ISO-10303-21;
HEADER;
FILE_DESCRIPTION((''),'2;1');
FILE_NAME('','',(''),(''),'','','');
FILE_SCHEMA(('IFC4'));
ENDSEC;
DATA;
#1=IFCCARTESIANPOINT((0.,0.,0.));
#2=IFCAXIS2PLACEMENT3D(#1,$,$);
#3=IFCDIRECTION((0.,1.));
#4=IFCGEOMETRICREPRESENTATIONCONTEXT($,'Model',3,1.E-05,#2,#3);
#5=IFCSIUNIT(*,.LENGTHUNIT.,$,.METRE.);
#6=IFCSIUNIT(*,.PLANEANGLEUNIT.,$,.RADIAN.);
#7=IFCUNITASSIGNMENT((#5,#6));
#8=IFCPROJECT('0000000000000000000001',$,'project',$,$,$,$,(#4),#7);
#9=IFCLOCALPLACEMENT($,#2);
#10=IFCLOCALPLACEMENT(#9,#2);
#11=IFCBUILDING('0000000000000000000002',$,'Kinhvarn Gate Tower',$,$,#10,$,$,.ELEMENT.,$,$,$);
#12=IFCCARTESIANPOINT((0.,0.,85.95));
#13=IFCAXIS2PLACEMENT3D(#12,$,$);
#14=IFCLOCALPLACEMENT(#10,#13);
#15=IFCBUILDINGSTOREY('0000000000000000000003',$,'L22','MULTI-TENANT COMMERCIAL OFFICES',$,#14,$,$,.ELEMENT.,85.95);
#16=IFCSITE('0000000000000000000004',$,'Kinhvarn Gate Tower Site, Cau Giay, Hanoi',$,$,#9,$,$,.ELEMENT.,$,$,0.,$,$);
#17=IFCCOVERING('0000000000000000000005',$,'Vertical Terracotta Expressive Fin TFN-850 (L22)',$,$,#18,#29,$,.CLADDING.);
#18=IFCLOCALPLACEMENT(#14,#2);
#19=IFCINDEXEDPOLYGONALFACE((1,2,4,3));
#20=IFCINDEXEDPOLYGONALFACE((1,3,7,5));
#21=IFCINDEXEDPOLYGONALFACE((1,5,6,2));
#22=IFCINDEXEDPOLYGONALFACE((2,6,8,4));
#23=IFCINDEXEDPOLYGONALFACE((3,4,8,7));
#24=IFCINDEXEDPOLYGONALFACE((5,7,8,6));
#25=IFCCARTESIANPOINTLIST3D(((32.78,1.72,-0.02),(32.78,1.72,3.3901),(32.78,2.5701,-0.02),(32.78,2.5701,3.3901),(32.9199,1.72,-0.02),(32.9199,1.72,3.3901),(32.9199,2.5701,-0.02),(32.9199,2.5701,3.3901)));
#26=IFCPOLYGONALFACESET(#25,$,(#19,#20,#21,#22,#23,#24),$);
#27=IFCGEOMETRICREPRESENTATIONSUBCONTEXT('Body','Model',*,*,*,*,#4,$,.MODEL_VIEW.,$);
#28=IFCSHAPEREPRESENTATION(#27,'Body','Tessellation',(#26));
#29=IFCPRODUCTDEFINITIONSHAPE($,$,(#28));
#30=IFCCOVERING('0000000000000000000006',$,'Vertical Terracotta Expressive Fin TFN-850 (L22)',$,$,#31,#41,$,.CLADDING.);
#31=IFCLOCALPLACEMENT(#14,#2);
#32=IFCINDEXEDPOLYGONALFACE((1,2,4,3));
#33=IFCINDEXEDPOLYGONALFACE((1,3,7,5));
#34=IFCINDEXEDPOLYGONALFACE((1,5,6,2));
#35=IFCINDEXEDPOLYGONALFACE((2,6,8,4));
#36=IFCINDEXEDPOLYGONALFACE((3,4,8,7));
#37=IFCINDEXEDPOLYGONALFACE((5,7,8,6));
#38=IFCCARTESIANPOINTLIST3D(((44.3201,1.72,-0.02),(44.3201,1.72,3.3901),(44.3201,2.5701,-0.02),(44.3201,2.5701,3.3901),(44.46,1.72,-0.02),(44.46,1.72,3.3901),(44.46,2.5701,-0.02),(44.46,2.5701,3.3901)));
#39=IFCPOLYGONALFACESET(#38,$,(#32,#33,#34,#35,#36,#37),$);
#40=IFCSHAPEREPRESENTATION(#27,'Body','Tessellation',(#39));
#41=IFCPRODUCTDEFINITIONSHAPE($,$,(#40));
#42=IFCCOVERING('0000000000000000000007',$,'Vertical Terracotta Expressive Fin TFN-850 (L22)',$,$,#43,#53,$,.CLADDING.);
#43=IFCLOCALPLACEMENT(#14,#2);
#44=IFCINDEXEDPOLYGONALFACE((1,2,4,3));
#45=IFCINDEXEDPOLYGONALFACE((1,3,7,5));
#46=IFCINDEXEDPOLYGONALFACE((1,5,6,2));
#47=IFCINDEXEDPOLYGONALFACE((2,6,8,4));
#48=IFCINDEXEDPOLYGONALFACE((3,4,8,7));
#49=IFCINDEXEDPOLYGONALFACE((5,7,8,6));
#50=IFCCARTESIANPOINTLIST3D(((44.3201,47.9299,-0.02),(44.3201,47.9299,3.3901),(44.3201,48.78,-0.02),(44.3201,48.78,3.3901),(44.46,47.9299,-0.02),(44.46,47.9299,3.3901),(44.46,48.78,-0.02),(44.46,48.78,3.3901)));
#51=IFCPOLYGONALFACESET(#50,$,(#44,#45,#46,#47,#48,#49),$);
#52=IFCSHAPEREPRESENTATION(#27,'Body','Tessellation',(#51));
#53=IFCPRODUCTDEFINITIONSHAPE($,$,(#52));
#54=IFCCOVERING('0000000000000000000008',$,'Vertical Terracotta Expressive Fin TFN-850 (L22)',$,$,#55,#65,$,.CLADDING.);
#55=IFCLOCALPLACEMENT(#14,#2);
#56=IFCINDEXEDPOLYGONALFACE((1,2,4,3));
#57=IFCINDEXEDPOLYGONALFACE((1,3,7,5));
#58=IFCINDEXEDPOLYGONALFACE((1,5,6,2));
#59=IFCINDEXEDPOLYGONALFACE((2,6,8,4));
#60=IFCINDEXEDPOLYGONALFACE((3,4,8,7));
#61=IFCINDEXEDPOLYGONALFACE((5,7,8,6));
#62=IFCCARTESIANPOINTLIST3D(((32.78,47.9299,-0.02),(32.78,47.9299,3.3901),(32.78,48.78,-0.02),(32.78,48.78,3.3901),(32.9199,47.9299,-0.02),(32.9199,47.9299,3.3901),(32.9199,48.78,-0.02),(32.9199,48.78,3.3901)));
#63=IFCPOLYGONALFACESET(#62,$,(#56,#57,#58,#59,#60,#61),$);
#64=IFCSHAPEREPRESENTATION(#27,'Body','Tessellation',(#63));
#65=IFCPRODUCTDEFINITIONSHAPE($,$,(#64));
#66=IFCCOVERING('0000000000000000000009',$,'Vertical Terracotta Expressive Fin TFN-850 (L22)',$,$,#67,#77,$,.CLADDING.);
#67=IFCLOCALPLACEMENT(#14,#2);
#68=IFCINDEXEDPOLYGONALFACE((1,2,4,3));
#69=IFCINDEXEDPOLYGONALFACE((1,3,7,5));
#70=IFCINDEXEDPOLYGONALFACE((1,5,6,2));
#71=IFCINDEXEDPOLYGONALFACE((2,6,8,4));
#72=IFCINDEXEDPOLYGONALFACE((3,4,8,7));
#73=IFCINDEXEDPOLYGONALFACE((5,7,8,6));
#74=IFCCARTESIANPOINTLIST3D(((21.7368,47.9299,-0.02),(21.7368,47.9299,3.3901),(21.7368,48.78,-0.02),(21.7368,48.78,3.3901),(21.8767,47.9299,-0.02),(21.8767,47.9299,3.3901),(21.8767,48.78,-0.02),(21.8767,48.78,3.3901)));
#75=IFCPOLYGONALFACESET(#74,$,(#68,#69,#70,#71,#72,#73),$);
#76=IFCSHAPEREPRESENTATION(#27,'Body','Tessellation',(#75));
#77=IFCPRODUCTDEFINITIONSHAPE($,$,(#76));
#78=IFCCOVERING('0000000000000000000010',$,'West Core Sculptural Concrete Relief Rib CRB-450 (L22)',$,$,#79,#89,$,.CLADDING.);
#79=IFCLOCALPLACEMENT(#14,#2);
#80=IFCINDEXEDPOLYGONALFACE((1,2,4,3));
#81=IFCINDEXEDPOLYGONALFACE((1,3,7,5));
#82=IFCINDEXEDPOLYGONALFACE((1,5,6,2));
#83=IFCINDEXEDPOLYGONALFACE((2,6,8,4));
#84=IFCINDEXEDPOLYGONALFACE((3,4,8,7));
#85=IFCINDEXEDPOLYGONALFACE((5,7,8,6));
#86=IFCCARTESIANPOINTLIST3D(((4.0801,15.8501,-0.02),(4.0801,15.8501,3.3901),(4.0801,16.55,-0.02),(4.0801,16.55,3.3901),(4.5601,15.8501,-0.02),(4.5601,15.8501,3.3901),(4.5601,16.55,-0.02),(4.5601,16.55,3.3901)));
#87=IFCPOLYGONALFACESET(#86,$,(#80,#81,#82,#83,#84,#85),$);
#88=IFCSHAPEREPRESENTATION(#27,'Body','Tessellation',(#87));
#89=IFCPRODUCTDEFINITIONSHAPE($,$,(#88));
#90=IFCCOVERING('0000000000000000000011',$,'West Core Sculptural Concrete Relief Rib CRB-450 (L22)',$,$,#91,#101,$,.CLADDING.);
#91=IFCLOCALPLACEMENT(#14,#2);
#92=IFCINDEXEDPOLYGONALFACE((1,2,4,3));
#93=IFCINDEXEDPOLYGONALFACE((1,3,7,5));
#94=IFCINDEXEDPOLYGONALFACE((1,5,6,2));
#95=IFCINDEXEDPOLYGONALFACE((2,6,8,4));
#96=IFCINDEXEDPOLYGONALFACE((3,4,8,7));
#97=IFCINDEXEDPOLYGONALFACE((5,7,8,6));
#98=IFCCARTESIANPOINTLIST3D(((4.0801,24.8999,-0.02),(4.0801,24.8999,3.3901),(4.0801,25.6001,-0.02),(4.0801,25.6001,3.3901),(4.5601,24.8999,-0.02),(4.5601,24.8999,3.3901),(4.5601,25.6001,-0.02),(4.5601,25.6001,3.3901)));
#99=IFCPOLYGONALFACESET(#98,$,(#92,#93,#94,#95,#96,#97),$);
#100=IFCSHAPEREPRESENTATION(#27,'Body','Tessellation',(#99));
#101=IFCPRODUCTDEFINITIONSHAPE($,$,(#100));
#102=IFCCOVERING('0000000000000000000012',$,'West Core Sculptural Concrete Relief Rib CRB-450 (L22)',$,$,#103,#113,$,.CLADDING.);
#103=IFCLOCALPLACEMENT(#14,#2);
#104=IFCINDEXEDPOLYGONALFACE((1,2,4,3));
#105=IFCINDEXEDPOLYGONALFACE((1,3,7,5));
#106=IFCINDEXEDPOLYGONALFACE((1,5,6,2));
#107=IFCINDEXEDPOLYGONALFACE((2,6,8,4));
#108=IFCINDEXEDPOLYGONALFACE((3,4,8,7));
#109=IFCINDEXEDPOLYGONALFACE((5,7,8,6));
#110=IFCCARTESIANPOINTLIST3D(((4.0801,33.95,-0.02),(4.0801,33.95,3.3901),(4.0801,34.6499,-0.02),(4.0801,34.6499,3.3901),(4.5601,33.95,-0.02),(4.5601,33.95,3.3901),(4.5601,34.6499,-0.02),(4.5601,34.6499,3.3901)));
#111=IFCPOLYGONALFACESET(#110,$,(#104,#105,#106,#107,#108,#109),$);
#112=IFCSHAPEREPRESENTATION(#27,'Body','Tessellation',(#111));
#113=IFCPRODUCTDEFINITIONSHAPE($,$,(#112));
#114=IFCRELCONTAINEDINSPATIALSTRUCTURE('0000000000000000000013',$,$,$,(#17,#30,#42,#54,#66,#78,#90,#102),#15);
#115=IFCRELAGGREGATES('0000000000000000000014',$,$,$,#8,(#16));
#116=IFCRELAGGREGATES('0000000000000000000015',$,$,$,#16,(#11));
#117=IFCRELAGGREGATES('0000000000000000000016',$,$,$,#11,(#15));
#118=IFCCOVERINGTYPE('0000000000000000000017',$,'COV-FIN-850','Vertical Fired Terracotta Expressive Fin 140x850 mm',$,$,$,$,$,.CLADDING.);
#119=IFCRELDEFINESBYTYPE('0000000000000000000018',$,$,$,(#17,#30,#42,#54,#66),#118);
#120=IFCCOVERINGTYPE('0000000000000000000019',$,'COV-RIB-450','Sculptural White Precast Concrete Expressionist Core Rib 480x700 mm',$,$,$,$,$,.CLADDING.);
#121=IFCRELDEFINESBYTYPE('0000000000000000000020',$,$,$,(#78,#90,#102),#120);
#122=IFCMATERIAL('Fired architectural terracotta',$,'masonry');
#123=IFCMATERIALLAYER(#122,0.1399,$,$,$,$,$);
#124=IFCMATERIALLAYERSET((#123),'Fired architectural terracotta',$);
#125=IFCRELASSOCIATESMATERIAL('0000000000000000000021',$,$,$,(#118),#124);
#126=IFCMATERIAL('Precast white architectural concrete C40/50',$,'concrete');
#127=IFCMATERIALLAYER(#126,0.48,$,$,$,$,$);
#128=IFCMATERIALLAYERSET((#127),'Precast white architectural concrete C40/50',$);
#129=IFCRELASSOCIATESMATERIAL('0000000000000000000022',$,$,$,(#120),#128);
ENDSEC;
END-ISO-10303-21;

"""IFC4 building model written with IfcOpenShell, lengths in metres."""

from ifc_helpers import new_model, si_unit, direction, frame, origin, place, context, subcontext, project, spatial, polyline, outline, extrude, material, layer, layer_set, type_object, element, save


model = new_model("IFC4")

# Units and contexts
model_context = context("Model", 3, precision=1e-05, world=origin(), true_north=direction((0.0, 1.0)))
body_context = subcontext(model_context, "Body", "Model", "MODEL_VIEW")
ifc_project = project(units=[si_unit("LENGTHUNIT", "METRE"), si_unit("PLANEANGLEUNIT", "RADIAN")], contexts=[model_context])

# Site, building, storey
site_placement = place(None, origin())
site = spatial("IfcSite", under=ifc_project, at=site_placement, Name="Kinhvarn Gate Tower Site, Cau Giay, Hanoi", CompositionType="ELEMENT", RefElevation=0.0)
building_placement = place(site_placement, origin())
building = spatial("IfcBuilding", under=site, at=building_placement, Name="Kinhvarn Gate Tower", CompositionType="ELEMENT")
storey_placement = place(building_placement, frame((0.0, 0.0, 85.95)))
storey = spatial("IfcBuildingStorey", under=building, at=storey_placement, Name="L22", Description="MULTI-TENANT COMMERCIAL OFFICES", CompositionType="ELEMENT", Elevation=85.95)

# Shared definitions
ifc_material_1 = material(Name="Precast white architectural concrete C40/50", Category="concrete")

# Coverings
ifc_material_2 = material(Name="Fired architectural terracotta", Category="masonry")
ifc_layer_1 = layer(ifc_material_2, 0.1399)
ifc_layer_set_1 = layer_set([ifc_layer_1], Name="Fired architectural terracotta")
covering_type_1 = type_object("IfcCoveringType", Name="COV-FIN-850", Description="Vertical Fired Terracotta Expressive Fin 140x850 mm", PredefinedType="CLADDING", material=ifc_layer_set_1)
covering_1_placement = place(storey_placement, frame((0.0, 0.0, -0.02)))
element("IfcCovering", 1, at=covering_1_placement, inside=storey, type_object=covering_type_1, Name="Vertical Terracotta Expressive Fin TFN-850 (L22)", PredefinedType="CLADDING", context=body_context, shape_type="SweptSolid", body=[
    extrude(outline(polyline([(32.78, 2.5701), (32.9199, 2.5701), (32.9199, 1.72), (32.78, 1.72), (32.78, 2.5701)])), origin(), (0.0, 0.0, 1.0), 3.4102),
])
covering_2_placement = place(storey_placement, frame((0.0, 0.0, -0.02)))
element("IfcCovering", 2, at=covering_2_placement, inside=storey, type_object=covering_type_1, Name="Vertical Terracotta Expressive Fin TFN-850 (L22)", PredefinedType="CLADDING", context=body_context, shape_type="SweptSolid", body=[
    extrude(outline(polyline([(44.3201, 2.5701), (44.46, 2.5701), (44.46, 1.72), (44.3201, 1.72), (44.3201, 2.5701)])), origin(), (0.0, 0.0, 1.0), 3.4102),
])
covering_3_placement = place(storey_placement, frame((0.0, 0.0, -0.02)))
element("IfcCovering", 3, at=covering_3_placement, inside=storey, type_object=covering_type_1, Name="Vertical Terracotta Expressive Fin TFN-850 (L22)", PredefinedType="CLADDING", context=body_context, shape_type="SweptSolid", body=[
    extrude(outline(polyline([(44.46, 47.9299), (44.3201, 47.9299), (44.3201, 48.78), (44.46, 48.78), (44.46, 47.9299)])), origin(), (0.0, 0.0, 1.0), 3.4102),
])
covering_4_placement = place(storey_placement, frame((0.0, 0.0, -0.02)))
element("IfcCovering", 4, at=covering_4_placement, inside=storey, type_object=covering_type_1, Name="Vertical Terracotta Expressive Fin TFN-850 (L22)", PredefinedType="CLADDING", context=body_context, shape_type="SweptSolid", body=[
    extrude(outline(polyline([(32.9199, 47.9299), (32.78, 47.9299), (32.78, 48.78), (32.9199, 48.78), (32.9199, 47.9299)])), origin(), (0.0, 0.0, 1.0), 3.4102),
])
covering_5_placement = place(storey_placement, frame((0.0, 0.0, -0.02)))
element("IfcCovering", 5, at=covering_5_placement, inside=storey, type_object=covering_type_1, Name="Vertical Terracotta Expressive Fin TFN-850 (L22)", PredefinedType="CLADDING", context=body_context, shape_type="SweptSolid", body=[
    extrude(outline(polyline([(21.8767, 47.9299), (21.7368, 47.9299), (21.7368, 48.78), (21.8767, 48.78), (21.8767, 47.9299)])), origin(), (0.0, 0.0, 1.0), 3.4102),
])
ifc_layer_2 = layer(ifc_material_1, 0.48)
ifc_layer_set_2 = layer_set([ifc_layer_2], Name="Precast white architectural concrete C40/50")
covering_type_2 = type_object("IfcCoveringType", Name="COV-RIB-450", Description="Sculptural White Precast Concrete Expressionist Core Rib 480x700 mm", PredefinedType="CLADDING", material=ifc_layer_set_2)
covering_6_placement = place(storey_placement, frame((0.0, 0.0, -0.02)))
element("IfcCovering", 6, at=covering_6_placement, inside=storey, type_object=covering_type_2, Name="West Core Sculptural Concrete Relief Rib CRB-450 (L22)", PredefinedType="CLADDING", context=body_context, shape_type="SweptSolid", body=[
    extrude(outline(polyline([(4.0801, 15.8501), (4.5601, 15.8501), (4.5601, 16.55), (4.0801, 16.55), (4.0801, 15.8501)])), origin(), (0.0, 0.0, 1.0), 3.4102),
])
covering_7_placement = place(storey_placement, frame((0.0, 0.0, -0.02)))
element("IfcCovering", 7, at=covering_7_placement, inside=storey, type_object=covering_type_2, Name="West Core Sculptural Concrete Relief Rib CRB-450 (L22)", PredefinedType="CLADDING", context=body_context, shape_type="SweptSolid", body=[
    extrude(outline(polyline([(4.0801, 24.8999), (4.5601, 24.8999), (4.5601, 25.6001), (4.0801, 25.6001), (4.0801, 24.8999)])), origin(), (0.0, 0.0, 1.0), 3.4102),
])
covering_8_placement = place(storey_placement, frame((0.0, 0.0, -0.02)))
element("IfcCovering", 8, at=covering_8_placement, inside=storey, type_object=covering_type_2, Name="West Core Sculptural Concrete Relief Rib CRB-450 (L22)", PredefinedType="CLADDING", context=body_context, shape_type="SweptSolid", body=[
    extrude(outline(polyline([(4.0801, 33.95), (4.5601, 33.95), (4.5601, 34.6499), (4.0801, 34.6499), (4.0801, 33.95)])), origin(), (0.0, 0.0, 1.0), 3.4102),
])

save(model, "model.ifc")
